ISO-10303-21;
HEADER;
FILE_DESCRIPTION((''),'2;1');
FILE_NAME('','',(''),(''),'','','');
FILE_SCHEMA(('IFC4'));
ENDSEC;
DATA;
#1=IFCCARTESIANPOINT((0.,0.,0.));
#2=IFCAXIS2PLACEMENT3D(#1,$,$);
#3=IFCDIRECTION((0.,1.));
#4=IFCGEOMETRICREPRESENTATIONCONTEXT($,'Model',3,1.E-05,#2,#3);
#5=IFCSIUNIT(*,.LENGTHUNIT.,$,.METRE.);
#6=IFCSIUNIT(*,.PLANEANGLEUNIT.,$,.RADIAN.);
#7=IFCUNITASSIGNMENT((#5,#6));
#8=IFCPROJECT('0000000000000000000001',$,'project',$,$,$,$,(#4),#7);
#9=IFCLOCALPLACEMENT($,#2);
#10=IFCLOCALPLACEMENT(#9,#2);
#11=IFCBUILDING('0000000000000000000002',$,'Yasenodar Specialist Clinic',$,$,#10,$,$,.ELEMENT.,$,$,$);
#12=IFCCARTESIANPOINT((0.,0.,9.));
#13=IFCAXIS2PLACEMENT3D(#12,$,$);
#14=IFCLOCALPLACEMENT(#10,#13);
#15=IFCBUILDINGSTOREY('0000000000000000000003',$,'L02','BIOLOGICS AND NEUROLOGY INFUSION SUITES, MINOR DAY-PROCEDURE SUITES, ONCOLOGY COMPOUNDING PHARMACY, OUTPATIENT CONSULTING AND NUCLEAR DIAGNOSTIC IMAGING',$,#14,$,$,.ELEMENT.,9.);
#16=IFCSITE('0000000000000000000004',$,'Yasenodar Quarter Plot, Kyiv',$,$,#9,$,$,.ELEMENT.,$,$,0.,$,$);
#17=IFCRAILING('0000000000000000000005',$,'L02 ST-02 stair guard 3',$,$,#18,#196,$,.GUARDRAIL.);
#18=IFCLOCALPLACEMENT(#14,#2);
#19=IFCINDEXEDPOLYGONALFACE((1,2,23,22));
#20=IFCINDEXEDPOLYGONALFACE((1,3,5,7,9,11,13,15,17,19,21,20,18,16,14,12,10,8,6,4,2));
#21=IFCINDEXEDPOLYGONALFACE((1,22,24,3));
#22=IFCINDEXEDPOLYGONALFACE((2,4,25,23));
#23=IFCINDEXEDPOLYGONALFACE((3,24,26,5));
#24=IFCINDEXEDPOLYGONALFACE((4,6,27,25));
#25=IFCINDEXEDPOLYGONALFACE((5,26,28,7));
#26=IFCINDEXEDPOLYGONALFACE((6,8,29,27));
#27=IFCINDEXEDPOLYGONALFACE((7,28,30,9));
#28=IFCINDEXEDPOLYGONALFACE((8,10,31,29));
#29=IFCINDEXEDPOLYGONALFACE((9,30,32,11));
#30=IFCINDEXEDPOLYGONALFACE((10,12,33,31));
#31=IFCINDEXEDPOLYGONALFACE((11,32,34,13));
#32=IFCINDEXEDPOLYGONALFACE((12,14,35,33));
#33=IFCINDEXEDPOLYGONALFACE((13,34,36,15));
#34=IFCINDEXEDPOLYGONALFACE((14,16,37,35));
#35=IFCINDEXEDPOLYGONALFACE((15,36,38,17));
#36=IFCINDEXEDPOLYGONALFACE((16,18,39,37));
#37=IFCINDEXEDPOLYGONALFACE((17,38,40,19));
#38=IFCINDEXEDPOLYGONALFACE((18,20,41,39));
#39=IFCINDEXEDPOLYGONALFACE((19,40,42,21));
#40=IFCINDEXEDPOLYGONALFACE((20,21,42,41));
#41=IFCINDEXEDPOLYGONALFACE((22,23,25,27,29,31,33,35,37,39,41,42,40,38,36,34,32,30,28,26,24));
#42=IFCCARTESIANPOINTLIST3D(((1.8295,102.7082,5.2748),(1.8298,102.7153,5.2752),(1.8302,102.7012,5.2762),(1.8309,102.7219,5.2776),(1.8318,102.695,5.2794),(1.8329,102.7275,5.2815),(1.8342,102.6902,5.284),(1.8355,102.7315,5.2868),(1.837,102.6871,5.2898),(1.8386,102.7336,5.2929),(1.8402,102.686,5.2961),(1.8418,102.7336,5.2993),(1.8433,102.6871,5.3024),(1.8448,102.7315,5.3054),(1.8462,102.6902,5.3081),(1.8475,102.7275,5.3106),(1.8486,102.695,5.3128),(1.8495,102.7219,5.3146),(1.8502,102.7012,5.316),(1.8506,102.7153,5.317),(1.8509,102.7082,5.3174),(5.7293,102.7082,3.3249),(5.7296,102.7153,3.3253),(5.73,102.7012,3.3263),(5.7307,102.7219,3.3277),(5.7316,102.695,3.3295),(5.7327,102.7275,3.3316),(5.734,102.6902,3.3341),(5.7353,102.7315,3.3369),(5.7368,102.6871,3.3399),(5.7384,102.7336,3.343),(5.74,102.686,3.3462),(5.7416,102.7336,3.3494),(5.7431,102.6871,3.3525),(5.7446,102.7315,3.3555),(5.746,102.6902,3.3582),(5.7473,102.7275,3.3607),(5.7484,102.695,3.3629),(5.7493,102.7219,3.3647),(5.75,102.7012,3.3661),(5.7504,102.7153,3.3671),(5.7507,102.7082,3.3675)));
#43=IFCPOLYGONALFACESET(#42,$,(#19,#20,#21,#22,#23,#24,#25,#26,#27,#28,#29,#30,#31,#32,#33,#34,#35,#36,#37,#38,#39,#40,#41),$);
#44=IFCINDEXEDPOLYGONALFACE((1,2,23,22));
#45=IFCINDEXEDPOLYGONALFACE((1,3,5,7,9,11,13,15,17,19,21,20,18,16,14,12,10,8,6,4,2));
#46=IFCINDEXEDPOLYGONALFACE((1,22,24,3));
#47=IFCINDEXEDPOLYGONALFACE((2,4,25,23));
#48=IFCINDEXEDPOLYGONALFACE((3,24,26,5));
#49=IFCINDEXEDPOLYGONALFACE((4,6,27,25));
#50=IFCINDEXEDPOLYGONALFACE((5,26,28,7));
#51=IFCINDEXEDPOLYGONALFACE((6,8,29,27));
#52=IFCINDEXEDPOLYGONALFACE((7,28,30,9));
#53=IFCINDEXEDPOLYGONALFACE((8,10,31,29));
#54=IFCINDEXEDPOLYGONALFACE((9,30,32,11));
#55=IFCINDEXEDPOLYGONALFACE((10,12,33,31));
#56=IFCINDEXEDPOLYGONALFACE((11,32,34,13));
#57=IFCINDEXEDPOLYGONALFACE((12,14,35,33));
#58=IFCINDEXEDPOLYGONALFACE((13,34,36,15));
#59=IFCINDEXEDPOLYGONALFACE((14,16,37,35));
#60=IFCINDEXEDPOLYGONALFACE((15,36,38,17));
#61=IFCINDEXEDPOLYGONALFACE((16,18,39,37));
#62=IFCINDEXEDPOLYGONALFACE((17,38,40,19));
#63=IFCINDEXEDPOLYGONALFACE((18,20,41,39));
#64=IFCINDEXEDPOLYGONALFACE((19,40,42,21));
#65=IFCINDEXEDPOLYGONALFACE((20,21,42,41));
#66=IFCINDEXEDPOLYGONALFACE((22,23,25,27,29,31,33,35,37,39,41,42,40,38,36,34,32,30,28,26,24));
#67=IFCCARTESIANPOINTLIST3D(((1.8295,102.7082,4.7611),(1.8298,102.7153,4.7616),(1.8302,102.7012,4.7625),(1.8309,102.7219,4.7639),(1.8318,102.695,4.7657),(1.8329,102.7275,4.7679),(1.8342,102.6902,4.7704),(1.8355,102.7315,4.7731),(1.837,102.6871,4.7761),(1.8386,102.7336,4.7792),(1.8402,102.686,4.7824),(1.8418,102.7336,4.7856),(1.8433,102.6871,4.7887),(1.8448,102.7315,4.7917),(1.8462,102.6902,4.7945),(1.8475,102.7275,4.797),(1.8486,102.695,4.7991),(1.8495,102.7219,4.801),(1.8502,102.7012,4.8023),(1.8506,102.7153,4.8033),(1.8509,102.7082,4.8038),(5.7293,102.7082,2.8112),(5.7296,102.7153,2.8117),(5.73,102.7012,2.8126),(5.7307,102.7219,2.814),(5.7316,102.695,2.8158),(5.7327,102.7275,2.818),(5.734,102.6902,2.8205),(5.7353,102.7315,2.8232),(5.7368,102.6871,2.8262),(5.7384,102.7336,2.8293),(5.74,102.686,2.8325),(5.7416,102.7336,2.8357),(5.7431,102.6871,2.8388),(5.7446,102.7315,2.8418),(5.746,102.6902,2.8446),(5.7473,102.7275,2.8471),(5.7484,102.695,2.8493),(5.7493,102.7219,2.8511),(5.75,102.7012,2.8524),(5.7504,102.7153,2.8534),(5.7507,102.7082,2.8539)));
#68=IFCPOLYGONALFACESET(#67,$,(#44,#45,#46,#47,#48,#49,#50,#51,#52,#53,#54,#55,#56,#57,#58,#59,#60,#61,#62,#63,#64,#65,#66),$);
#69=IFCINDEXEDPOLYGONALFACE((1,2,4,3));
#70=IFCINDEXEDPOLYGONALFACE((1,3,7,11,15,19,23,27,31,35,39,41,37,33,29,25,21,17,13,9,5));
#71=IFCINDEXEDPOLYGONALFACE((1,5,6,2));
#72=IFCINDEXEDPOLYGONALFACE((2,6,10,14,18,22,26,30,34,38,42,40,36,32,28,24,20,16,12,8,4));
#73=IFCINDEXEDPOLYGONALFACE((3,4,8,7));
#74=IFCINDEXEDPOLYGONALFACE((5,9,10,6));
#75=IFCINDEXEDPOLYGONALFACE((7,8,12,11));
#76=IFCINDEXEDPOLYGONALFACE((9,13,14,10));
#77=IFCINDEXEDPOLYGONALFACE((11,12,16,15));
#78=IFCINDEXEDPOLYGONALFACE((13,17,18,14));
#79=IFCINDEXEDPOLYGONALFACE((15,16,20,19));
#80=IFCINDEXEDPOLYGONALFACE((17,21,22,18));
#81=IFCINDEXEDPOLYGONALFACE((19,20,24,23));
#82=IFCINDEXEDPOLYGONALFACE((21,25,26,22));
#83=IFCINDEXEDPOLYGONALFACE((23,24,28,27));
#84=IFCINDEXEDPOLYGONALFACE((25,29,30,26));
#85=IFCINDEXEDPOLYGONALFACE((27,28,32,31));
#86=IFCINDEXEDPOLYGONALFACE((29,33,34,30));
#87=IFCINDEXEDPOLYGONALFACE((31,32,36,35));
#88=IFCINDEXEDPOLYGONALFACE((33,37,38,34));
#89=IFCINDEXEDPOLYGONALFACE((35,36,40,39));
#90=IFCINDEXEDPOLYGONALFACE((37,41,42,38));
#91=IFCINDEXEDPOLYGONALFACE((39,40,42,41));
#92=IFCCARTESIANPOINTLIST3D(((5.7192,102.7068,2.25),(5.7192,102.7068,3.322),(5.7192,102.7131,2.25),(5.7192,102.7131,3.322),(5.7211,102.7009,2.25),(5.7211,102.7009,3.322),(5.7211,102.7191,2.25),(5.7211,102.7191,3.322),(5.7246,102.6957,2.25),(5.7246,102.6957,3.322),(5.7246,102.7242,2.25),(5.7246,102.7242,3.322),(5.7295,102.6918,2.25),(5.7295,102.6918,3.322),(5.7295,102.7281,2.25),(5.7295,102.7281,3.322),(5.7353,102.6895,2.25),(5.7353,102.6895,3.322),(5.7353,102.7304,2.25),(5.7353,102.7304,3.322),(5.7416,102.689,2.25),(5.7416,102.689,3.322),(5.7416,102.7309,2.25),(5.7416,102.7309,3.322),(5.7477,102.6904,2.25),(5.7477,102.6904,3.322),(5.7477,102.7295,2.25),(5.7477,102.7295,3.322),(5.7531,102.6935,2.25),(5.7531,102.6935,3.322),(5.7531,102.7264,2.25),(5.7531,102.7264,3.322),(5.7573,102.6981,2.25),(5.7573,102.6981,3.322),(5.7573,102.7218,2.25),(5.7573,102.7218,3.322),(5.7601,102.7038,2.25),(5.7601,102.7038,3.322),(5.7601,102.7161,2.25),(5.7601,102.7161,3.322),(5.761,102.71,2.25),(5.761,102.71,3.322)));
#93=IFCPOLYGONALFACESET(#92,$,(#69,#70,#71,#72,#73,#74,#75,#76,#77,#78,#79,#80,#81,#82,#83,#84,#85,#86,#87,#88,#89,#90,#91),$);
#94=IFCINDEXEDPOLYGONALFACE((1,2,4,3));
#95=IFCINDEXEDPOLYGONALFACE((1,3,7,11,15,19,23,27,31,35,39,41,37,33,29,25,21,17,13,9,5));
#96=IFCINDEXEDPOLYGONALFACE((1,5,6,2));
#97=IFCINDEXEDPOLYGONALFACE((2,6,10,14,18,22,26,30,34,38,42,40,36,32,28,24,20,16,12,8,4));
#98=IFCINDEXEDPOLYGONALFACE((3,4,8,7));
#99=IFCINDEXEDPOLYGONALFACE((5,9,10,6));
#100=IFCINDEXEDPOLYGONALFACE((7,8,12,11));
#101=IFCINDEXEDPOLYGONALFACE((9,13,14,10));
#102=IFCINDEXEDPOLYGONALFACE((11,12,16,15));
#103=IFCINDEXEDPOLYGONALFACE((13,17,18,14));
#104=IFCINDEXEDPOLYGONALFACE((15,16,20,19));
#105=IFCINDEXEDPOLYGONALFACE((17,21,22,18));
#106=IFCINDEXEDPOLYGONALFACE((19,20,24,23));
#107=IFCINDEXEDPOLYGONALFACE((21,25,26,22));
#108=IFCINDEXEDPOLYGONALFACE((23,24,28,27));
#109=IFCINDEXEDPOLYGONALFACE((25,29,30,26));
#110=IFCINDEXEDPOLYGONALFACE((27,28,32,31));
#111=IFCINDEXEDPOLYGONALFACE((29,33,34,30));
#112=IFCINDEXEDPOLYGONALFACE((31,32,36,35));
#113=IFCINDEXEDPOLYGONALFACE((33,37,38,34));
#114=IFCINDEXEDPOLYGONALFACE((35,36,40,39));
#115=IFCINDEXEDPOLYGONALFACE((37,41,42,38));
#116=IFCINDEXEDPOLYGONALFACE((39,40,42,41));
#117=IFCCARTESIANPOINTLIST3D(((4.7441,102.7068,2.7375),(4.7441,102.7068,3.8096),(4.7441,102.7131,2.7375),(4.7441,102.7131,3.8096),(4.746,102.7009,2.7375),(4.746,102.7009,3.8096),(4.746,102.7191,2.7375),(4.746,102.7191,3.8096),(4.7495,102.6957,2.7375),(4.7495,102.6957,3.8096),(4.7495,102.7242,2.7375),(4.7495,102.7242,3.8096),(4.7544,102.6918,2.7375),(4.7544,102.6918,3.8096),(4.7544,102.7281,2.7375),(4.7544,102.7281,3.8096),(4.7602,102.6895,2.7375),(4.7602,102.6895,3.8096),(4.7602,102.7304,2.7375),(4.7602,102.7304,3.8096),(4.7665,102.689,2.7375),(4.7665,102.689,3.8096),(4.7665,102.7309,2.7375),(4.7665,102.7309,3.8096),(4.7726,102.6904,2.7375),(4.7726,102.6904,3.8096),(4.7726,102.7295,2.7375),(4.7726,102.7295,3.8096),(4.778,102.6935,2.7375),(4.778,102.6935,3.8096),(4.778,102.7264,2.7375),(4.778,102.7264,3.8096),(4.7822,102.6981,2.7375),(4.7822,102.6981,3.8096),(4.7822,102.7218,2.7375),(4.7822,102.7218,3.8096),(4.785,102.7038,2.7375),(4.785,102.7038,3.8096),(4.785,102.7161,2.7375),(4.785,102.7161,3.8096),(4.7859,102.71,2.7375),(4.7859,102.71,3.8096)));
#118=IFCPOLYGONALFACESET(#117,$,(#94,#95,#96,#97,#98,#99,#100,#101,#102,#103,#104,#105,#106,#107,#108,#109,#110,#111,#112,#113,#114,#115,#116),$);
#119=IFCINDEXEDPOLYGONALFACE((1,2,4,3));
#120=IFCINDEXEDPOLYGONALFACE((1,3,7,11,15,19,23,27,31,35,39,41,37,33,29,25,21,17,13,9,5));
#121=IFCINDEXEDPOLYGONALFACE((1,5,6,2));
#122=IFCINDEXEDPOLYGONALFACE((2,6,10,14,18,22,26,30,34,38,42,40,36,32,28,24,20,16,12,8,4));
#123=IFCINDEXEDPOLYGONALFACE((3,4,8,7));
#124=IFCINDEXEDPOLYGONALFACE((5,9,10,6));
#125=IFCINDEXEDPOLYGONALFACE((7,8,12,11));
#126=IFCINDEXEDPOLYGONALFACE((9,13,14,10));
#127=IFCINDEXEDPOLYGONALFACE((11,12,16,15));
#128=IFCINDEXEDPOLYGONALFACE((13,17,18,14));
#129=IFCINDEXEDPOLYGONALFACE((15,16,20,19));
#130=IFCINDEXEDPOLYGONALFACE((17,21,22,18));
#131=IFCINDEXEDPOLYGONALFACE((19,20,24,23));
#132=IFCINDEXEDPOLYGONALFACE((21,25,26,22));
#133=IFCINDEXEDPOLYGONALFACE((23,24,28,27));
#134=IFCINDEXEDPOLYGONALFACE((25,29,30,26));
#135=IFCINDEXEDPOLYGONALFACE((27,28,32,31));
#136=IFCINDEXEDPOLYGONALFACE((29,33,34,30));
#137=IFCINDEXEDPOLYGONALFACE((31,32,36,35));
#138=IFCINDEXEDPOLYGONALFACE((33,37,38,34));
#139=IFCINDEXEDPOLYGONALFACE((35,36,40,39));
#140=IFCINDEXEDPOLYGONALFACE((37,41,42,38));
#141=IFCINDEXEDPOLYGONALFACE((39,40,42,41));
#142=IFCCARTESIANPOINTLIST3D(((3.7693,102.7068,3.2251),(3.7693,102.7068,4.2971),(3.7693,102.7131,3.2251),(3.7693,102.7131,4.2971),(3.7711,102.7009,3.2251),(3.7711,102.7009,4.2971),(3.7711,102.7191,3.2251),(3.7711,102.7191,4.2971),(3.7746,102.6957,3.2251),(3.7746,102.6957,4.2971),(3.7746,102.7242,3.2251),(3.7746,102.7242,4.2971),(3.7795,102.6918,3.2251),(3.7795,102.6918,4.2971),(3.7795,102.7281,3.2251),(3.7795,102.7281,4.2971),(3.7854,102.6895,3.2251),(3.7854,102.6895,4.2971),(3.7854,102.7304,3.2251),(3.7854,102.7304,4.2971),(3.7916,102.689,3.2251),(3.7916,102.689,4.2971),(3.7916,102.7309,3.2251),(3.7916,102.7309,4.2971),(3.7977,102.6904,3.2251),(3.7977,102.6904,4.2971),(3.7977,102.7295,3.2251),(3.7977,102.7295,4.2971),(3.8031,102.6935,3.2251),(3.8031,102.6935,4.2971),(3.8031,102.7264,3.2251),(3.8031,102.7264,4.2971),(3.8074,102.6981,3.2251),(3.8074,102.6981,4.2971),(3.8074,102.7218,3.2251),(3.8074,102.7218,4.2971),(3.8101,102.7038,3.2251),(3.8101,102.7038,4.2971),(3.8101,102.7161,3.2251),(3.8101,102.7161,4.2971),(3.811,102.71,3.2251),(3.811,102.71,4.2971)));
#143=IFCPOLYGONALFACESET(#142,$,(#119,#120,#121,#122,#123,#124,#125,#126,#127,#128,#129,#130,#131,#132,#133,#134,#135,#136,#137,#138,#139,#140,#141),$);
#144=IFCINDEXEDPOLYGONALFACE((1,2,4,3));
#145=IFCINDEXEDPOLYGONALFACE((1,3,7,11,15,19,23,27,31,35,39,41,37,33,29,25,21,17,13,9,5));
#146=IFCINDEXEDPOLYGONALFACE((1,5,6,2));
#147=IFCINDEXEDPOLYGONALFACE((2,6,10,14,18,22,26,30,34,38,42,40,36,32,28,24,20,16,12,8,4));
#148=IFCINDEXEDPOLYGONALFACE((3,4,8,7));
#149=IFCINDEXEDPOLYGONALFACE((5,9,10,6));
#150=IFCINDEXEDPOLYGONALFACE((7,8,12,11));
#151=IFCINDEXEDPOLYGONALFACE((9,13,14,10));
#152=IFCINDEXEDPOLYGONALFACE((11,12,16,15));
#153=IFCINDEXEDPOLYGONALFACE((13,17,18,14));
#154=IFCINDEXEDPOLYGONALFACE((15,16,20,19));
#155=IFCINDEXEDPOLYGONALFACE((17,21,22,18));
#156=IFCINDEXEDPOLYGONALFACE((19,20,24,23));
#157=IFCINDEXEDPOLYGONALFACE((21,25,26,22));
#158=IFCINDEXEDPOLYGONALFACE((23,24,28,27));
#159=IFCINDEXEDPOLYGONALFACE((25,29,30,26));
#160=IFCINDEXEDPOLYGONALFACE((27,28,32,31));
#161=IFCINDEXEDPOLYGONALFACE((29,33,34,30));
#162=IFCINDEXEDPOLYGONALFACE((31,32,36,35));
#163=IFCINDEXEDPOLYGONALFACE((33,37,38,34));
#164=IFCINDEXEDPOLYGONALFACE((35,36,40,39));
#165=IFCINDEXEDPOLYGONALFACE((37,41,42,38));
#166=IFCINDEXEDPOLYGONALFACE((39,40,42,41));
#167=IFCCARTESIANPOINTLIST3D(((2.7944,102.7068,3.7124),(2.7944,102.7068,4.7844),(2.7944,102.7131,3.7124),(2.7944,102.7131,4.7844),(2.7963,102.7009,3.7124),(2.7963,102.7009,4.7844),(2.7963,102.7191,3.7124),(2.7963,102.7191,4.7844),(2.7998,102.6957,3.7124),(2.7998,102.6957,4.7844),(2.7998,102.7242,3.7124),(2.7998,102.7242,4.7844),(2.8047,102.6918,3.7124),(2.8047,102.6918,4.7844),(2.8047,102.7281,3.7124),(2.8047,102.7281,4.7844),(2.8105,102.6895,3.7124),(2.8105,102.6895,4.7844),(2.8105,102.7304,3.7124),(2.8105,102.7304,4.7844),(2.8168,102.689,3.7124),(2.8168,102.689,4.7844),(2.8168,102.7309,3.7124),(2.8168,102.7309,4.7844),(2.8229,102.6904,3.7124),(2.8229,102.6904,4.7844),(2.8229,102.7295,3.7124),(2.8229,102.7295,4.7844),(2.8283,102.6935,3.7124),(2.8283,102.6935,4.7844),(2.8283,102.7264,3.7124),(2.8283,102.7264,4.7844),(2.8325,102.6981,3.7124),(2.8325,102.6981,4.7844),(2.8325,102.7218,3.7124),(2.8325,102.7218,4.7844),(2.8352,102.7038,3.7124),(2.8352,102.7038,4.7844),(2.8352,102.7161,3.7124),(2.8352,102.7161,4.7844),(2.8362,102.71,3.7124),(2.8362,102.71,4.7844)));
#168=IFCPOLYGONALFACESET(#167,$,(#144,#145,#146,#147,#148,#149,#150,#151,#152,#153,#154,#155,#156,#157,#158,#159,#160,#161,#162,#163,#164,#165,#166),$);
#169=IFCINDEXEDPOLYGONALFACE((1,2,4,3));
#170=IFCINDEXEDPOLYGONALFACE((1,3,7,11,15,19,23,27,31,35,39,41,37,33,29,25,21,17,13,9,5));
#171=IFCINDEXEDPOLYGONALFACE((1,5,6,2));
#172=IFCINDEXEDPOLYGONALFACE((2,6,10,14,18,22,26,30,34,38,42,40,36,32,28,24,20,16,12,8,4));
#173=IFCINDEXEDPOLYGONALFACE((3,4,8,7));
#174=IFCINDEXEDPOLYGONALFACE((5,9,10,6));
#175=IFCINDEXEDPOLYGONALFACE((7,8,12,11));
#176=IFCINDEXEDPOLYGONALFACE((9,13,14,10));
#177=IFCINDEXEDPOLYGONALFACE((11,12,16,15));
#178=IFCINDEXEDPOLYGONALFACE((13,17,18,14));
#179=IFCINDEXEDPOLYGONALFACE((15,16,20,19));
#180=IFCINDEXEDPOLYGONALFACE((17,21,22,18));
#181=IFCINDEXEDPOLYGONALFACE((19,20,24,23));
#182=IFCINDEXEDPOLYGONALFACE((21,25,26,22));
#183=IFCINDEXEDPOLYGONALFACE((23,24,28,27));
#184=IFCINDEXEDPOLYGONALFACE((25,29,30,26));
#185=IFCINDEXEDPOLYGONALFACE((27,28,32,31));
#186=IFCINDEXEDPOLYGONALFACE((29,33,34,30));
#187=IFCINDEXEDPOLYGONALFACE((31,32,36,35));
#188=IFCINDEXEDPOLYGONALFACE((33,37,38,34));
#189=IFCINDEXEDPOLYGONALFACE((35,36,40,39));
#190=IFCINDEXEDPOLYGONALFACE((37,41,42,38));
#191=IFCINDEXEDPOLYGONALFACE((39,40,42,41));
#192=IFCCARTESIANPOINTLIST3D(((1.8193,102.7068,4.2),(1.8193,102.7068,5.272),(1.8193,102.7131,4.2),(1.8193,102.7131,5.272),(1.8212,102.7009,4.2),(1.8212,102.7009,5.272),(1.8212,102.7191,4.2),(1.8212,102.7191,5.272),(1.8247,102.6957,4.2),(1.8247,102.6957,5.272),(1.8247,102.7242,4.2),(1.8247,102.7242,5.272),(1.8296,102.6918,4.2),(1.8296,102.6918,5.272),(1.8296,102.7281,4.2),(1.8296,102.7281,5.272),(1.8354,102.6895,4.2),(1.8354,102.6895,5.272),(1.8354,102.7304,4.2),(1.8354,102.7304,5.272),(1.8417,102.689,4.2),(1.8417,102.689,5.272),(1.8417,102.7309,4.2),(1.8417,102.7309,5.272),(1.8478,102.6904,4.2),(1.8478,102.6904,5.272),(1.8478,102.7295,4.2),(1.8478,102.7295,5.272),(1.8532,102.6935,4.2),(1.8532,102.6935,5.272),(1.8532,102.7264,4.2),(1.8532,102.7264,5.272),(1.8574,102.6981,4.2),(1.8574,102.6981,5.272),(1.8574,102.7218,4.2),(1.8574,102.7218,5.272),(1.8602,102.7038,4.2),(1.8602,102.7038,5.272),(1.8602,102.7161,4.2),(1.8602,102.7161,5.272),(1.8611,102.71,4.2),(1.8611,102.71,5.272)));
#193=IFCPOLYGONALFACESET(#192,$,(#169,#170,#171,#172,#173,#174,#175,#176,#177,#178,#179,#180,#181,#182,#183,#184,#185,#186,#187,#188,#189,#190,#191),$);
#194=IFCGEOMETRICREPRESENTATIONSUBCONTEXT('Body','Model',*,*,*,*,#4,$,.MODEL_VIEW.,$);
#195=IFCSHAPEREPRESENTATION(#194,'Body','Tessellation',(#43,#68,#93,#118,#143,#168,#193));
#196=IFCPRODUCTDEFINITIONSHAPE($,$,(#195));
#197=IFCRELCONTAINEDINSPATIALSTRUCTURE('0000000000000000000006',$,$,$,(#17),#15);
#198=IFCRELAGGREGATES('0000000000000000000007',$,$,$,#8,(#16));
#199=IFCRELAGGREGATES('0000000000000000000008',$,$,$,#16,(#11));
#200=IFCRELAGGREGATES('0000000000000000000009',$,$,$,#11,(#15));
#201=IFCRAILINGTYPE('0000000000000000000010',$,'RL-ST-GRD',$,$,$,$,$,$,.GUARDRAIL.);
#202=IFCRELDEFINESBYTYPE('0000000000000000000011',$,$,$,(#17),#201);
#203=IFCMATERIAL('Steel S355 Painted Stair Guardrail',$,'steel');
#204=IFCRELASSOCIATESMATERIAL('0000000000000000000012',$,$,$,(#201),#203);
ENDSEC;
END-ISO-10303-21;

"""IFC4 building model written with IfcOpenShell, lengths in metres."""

from ifc_helpers import new_model, si_unit, direction, frame, origin, origin_2d, place, context, subcontext, project, spatial, circle, extrude, material, type_object, element, save


model = new_model("IFC4")

# Units and contexts
model_context = context("Model", 3, precision=1e-05, world=origin(), true_north=direction((0.0, 1.0)))
body_context = subcontext(model_context, "Body", "Model", "MODEL_VIEW")
ifc_project = project(units=[si_unit("LENGTHUNIT", "METRE"), si_unit("PLANEANGLEUNIT", "RADIAN")], contexts=[model_context])

# Site, building, storey
site_placement = place(None, origin())
site = spatial("IfcSite", under=ifc_project, at=site_placement, Name="Yasenodar Quarter Plot, Kyiv", CompositionType="ELEMENT", RefElevation=0.0)
building_placement = place(site_placement, origin())
building = spatial("IfcBuilding", under=site, at=building_placement, Name="Yasenodar Specialist Clinic", CompositionType="ELEMENT")
storey_placement = place(building_placement, frame((0.0, 0.0, 9.0)))
storey = spatial("IfcBuildingStorey", under=building, at=storey_placement, Name="L02", Description="BIOLOGICS AND NEUROLOGY INFUSION SUITES, MINOR DAY-PROCEDURE SUITES, ONCOLOGY COMPOUNDING PHARMACY, OUTPATIENT CONSULTING AND NUCLEAR DIAGNOSTIC IMAGING", CompositionType="ELEMENT", Elevation=9.0)

# Railing
ifc_material_1 = material(Name="Steel S355 Painted Stair Guardrail", Category="steel")
railing_type_1 = type_object("IfcRailingType", Name="RL-ST-GRD", PredefinedType="GUARDRAIL", material=ifc_material_1)
railing_1_placement = place(storey_placement, frame((5.74, 102.71, 2.25)))
element("IfcRailing", 1, at=railing_1_placement, inside=storey, type_object=railing_type_1, Name="L02 ST-02 stair guard 3", PredefinedType="GUARDRAIL", context=body_context, shape_type="SweptSolid", body=[
    extrude(circle(Radius=0.0239, at=origin_2d()), frame((0.0, 0.0, 1.0962), z_axis=(-0.894427, 0.0, 0.447214), x_axis=(0.0, -1.0, 0.0)), (0.0, 0.0, 1.0), 4.3601),
    extrude(circle(Radius=0.0239, at=origin_2d()), frame((0.0, 0.0, 0.5825), z_axis=(-0.894427, 0.0, 0.447214), x_axis=(0.0, -1.0, 0.0)), (0.0, 0.0, 1.0), 4.3601),
    extrude(circle(Radius=0.021, at=origin_2d()), origin(), (0.0, 0.0, 1.0), 1.072),
    extrude(circle(Radius=0.021, at=origin_2d()), frame((-0.9751, 0.0, 0.4875)), (0.0, 0.0, 1.0), 1.072),
    extrude(circle(Radius=0.021, at=origin_2d()), frame((-1.95, 0.0, 0.9751)), (0.0, 0.0, 1.0), 1.072),
    extrude(circle(Radius=0.021, at=origin_2d()), frame((-2.9248, 0.0, 1.4624)), (0.0, 0.0, 1.0), 1.072),
    extrude(circle(Radius=0.021, at=origin_2d()), frame((-3.8999, 0.0, 1.95)), (0.0, 0.0, 1.0), 1.072),
])

save(model, "model.ifc")
